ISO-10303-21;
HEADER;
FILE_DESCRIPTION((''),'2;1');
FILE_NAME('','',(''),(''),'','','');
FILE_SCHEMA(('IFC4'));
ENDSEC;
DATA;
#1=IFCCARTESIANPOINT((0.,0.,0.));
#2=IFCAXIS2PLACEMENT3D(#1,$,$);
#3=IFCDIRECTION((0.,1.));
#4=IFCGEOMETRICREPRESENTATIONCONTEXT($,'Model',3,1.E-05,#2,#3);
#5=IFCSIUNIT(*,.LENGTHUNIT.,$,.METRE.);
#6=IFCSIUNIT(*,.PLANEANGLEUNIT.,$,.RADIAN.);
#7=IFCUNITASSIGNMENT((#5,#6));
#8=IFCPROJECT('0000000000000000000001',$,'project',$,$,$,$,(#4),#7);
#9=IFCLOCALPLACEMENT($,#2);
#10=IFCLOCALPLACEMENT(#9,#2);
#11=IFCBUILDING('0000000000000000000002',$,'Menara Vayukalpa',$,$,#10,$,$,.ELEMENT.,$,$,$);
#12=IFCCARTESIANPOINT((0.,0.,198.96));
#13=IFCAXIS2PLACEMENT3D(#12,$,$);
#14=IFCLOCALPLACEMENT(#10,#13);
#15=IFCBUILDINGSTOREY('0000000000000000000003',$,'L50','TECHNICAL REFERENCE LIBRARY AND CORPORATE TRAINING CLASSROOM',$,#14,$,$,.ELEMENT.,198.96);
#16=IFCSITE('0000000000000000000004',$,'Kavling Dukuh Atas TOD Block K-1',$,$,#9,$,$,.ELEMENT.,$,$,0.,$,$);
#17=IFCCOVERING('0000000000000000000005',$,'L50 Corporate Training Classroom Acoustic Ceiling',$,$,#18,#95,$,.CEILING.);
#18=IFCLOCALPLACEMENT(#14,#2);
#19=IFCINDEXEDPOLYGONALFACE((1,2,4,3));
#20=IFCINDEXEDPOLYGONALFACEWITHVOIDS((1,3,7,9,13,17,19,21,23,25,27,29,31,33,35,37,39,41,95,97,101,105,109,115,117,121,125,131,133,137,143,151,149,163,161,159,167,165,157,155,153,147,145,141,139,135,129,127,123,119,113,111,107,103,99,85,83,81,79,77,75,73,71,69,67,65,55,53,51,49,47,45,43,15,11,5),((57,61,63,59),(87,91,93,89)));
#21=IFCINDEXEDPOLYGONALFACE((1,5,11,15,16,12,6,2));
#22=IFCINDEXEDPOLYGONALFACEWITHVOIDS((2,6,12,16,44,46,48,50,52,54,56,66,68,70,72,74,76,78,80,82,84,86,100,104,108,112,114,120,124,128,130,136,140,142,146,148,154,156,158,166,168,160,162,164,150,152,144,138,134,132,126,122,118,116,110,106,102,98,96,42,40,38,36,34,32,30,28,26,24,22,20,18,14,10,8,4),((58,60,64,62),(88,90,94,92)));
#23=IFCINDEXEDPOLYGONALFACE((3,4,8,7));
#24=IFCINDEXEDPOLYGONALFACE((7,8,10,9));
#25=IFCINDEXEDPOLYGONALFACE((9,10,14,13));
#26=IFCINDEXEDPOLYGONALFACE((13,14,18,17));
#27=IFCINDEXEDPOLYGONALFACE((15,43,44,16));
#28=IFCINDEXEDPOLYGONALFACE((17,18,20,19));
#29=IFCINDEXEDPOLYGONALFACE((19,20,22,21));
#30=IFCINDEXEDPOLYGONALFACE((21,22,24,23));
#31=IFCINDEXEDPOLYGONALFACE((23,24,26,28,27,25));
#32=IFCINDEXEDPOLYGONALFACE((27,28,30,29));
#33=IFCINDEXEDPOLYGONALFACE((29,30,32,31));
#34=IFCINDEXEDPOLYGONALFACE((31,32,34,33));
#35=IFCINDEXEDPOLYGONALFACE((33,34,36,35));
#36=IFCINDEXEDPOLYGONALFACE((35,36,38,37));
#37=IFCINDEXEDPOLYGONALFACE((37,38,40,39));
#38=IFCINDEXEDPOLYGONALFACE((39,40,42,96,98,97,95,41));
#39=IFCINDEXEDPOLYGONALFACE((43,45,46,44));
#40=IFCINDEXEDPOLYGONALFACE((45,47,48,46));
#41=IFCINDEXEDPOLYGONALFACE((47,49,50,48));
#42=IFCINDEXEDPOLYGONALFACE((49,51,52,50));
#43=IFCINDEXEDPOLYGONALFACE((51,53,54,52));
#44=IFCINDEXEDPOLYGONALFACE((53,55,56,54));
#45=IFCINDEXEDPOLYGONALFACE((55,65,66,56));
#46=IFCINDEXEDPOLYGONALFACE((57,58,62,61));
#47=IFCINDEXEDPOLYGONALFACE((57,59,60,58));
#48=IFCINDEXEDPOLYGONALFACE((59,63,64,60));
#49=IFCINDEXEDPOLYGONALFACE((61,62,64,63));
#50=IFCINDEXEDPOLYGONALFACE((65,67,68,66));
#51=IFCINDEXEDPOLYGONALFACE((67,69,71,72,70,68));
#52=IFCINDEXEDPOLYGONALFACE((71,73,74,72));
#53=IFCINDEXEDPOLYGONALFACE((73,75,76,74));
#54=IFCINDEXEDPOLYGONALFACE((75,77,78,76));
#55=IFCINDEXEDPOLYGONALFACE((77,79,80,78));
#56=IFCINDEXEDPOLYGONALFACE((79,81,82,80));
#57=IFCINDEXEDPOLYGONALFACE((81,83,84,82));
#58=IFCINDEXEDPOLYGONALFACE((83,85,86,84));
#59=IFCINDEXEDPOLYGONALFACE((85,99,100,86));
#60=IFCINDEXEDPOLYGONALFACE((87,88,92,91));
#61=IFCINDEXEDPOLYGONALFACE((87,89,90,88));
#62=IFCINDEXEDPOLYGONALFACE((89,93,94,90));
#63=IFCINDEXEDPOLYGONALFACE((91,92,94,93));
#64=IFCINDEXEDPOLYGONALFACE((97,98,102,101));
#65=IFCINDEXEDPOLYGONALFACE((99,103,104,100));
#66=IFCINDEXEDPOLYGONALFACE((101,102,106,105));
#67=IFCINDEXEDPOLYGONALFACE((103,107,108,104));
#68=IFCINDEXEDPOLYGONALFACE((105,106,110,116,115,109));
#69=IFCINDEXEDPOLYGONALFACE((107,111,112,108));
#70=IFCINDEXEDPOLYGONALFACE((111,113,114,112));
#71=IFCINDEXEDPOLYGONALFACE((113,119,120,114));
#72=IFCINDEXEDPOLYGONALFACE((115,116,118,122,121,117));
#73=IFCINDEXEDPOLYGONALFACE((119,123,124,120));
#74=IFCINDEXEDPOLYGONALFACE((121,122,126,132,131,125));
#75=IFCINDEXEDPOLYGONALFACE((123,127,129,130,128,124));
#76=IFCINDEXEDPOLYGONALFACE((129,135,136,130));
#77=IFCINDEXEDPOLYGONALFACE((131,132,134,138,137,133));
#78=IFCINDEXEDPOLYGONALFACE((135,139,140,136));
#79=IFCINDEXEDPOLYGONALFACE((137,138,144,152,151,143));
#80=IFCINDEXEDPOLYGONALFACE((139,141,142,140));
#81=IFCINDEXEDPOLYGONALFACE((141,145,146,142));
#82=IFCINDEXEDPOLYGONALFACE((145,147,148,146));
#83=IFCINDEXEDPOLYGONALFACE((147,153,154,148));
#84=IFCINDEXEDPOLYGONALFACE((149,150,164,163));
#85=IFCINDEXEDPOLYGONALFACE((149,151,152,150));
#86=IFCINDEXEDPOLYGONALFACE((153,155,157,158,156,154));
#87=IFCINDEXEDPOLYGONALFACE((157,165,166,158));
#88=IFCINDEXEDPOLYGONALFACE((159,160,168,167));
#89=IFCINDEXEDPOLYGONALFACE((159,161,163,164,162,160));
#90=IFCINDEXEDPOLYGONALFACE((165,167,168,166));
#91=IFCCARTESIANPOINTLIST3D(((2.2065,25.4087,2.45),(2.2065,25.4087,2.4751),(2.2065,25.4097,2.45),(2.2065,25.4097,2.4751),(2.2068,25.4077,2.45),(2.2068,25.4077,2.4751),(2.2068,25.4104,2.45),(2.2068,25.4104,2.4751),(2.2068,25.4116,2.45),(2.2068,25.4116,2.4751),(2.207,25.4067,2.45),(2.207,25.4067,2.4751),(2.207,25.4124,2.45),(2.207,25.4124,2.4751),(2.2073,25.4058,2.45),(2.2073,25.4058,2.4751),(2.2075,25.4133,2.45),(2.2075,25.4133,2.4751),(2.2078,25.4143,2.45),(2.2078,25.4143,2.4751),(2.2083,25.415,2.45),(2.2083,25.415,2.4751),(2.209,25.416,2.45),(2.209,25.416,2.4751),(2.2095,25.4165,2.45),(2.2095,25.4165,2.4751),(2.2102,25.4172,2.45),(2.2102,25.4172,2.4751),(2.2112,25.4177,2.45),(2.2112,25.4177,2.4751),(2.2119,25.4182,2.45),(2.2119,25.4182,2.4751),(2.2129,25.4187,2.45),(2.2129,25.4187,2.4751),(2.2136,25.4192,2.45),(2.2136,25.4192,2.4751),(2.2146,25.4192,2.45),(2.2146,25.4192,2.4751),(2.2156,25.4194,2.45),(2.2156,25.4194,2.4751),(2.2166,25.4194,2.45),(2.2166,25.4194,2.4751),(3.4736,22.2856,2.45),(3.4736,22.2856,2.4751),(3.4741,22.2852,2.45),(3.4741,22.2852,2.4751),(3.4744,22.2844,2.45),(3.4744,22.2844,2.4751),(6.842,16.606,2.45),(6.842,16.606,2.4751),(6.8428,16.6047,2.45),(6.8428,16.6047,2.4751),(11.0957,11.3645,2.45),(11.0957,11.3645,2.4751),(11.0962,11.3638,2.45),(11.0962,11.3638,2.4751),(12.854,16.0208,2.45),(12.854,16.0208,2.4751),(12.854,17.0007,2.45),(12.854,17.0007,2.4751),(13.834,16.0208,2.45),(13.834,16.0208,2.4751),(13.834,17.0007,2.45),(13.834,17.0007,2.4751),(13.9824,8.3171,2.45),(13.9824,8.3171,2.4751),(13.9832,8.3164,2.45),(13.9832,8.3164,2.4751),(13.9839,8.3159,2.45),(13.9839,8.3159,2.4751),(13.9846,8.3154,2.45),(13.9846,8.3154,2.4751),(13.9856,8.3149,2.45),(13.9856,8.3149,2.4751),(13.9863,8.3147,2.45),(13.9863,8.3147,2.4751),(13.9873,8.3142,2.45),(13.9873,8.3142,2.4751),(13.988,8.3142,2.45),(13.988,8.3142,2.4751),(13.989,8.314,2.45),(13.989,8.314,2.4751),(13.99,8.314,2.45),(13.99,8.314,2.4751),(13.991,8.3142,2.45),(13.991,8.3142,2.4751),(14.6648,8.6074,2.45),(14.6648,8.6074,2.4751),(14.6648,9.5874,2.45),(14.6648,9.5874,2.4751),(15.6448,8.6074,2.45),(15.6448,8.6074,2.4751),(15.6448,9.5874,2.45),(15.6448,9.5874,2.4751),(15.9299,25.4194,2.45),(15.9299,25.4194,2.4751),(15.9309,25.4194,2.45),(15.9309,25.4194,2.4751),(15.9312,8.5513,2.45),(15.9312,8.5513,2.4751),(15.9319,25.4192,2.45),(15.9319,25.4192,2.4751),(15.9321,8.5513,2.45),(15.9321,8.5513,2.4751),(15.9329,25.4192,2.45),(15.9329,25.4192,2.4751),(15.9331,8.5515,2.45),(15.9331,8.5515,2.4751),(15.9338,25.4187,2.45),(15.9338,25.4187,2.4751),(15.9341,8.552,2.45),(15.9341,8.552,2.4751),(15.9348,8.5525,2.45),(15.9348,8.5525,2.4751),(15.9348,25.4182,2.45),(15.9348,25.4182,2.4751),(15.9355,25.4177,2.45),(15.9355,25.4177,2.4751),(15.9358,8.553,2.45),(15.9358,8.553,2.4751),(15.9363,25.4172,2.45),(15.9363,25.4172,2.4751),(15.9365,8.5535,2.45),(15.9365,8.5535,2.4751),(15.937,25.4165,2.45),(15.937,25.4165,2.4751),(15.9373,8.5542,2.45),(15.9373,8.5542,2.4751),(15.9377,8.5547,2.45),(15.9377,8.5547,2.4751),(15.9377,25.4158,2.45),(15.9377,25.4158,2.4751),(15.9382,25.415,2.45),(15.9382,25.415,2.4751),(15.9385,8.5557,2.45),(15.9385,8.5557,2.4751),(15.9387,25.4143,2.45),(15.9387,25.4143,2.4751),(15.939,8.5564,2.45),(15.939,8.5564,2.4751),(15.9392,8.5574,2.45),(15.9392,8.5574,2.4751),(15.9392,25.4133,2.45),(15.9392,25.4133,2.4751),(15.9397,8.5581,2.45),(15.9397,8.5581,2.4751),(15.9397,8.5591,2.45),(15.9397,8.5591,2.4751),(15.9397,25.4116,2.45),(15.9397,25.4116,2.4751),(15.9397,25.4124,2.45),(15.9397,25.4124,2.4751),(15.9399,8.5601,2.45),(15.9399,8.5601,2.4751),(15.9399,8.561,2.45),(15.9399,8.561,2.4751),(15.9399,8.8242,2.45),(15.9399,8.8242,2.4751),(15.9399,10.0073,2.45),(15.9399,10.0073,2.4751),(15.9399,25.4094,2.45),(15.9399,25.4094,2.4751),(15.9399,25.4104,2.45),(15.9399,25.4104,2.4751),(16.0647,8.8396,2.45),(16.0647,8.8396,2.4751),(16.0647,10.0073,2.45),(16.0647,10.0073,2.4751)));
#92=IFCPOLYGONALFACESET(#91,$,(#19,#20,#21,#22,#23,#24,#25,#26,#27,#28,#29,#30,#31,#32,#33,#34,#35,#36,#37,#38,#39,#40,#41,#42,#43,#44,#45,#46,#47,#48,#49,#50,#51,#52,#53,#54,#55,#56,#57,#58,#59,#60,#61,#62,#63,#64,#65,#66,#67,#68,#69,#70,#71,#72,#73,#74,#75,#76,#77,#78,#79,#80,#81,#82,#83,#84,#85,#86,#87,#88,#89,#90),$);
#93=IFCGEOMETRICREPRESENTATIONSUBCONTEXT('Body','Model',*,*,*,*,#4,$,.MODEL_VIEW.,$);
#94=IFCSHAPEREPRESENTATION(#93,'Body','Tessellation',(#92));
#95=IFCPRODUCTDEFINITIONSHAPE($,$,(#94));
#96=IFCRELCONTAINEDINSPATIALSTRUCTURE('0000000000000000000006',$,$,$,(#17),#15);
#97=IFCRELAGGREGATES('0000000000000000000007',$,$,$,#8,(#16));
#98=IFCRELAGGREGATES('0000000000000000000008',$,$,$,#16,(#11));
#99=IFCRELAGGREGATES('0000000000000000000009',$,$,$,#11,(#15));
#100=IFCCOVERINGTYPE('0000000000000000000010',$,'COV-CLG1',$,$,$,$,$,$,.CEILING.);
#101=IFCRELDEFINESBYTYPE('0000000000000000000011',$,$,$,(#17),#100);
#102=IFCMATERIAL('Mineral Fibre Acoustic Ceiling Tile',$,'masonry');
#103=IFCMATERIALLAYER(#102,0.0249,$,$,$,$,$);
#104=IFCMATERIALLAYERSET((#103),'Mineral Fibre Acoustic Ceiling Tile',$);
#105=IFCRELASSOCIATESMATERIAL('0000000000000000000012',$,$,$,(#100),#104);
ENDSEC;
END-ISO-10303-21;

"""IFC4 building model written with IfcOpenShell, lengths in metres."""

from ifc_helpers import new_model, si_unit, direction, frame, origin, place, context, subcontext, project, spatial, polyline, outline, extrude, material, layer, layer_set, type_object, element, save


model = new_model("IFC4")

# Units and contexts
model_context = context("Model", 3, precision=1e-05, world=origin(), true_north=direction((0.0, 1.0)))
body_context = subcontext(model_context, "Body", "Model", "MODEL_VIEW")
ifc_project = project(units=[si_unit("LENGTHUNIT", "METRE"), si_unit("PLANEANGLEUNIT", "RADIAN")], contexts=[model_context])

# Site, building, storey
site_placement = place(None, origin())
site = spatial("IfcSite", under=ifc_project, at=site_placement, Name="Kavling Dukuh Atas TOD Block K-1", CompositionType="ELEMENT", RefElevation=0.0)
building_placement = place(site_placement, origin())
building = spatial("IfcBuilding", under=site, at=building_placement, Name="Menara Vayukalpa", CompositionType="ELEMENT")
storey_placement = place(building_placement, frame((0.0, 0.0, 198.96)))
storey = spatial("IfcBuildingStorey", under=building, at=storey_placement, Name="L50", Description="TECHNICAL REFERENCE LIBRARY AND CORPORATE TRAINING CLASSROOM", CompositionType="ELEMENT", Elevation=198.96)

# Covering
ifc_material_1 = material(Name="Mineral Fibre Acoustic Ceiling Tile", Category="masonry")
ifc_layer_1 = layer(ifc_material_1, 0.0249)
ifc_layer_set_1 = layer_set([ifc_layer_1], Name="Mineral Fibre Acoustic Ceiling Tile")
covering_type_1 = type_object("IfcCoveringType", Name="COV-CLG1", PredefinedType="CEILING", material=ifc_layer_set_1)
covering_1_placement = place(storey_placement, frame((0.0, 0.0, 2.45)))
element("IfcCovering", 1, at=covering_1_placement, inside=storey, type_object=covering_type_1, Name="L50 Corporate Training Classroom Acoustic Ceiling", PredefinedType="CEILING", context=body_context, shape_type="SweptSolid", body=[
    extrude(outline(polyline([(16.0647, 8.8396), (15.9399, 8.8242), (15.9399, 8.561), (15.9399, 8.5601), (15.9397, 8.5591), (15.9397, 8.5581), (15.9392, 8.5574), (15.939, 8.5564), (15.9385, 8.5557), (15.9377, 8.5547), (15.9373, 8.5542), (15.9365, 8.5535), (15.9358, 8.553), (15.9348, 8.5525), (15.9341, 8.552), (15.9331, 8.5515), (15.9321, 8.5513), (15.9312, 8.5513), (13.991, 8.3142), (13.99, 8.314), (13.989, 8.314), (13.988, 8.3142), (13.9873, 8.3142), (13.9863, 8.3147), (13.9856, 8.3149), (13.9846, 8.3154), (13.9839, 8.3159), (13.9832, 8.3164), (13.9824, 8.3171), (11.0962, 11.3638), (11.0957, 11.3645), (6.8428, 16.6047), (6.842, 16.606), (3.4744, 22.2844), (3.4741, 22.2852), (3.4736, 22.2856), (2.2073, 25.4058), (2.207, 25.4067), (2.2068, 25.4077), (2.2065, 25.4087), (2.2065, 25.4097), (2.2068, 25.4104), (2.2068, 25.4116), (2.207, 25.4124), (2.2075, 25.4133), (2.2078, 25.4143), (2.2083, 25.415), (2.209, 25.416), (2.2095, 25.4165), (2.2102, 25.4172), (2.2112, 25.4177), (2.2119, 25.4182), (2.2129, 25.4187), (2.2136, 25.4192), (2.2146, 25.4192), (2.2156, 25.4194), (2.2166, 25.4194), (15.9299, 25.4194), (15.9309, 25.4194), (15.9319, 25.4192), (15.9329, 25.4192), (15.9338, 25.4187), (15.9348, 25.4182), (15.9355, 25.4177), (15.9363, 25.4172), (15.937, 25.4165), (15.9377, 25.4158), (15.9382, 25.415), (15.9387, 25.4143), (15.9392, 25.4133), (15.9397, 25.4124), (15.9397, 25.4116), (15.9399, 25.4104), (15.9399, 25.4094), (15.9399, 10.0073), (16.0647, 10.0073), (16.0647, 8.8396)]), holes=[polyline([(15.6448, 9.5874), (14.6648, 9.5874), (14.6648, 8.6074), (15.6448, 8.6074), (15.6448, 9.5874)]), polyline([(13.834, 17.0007), (12.854, 17.0007), (12.854, 16.0208), (13.834, 16.0208), (13.834, 17.0007)])]), origin(), (0.0, 0.0, 1.0), 0.0251),
])

save(model, "model.ifc")
